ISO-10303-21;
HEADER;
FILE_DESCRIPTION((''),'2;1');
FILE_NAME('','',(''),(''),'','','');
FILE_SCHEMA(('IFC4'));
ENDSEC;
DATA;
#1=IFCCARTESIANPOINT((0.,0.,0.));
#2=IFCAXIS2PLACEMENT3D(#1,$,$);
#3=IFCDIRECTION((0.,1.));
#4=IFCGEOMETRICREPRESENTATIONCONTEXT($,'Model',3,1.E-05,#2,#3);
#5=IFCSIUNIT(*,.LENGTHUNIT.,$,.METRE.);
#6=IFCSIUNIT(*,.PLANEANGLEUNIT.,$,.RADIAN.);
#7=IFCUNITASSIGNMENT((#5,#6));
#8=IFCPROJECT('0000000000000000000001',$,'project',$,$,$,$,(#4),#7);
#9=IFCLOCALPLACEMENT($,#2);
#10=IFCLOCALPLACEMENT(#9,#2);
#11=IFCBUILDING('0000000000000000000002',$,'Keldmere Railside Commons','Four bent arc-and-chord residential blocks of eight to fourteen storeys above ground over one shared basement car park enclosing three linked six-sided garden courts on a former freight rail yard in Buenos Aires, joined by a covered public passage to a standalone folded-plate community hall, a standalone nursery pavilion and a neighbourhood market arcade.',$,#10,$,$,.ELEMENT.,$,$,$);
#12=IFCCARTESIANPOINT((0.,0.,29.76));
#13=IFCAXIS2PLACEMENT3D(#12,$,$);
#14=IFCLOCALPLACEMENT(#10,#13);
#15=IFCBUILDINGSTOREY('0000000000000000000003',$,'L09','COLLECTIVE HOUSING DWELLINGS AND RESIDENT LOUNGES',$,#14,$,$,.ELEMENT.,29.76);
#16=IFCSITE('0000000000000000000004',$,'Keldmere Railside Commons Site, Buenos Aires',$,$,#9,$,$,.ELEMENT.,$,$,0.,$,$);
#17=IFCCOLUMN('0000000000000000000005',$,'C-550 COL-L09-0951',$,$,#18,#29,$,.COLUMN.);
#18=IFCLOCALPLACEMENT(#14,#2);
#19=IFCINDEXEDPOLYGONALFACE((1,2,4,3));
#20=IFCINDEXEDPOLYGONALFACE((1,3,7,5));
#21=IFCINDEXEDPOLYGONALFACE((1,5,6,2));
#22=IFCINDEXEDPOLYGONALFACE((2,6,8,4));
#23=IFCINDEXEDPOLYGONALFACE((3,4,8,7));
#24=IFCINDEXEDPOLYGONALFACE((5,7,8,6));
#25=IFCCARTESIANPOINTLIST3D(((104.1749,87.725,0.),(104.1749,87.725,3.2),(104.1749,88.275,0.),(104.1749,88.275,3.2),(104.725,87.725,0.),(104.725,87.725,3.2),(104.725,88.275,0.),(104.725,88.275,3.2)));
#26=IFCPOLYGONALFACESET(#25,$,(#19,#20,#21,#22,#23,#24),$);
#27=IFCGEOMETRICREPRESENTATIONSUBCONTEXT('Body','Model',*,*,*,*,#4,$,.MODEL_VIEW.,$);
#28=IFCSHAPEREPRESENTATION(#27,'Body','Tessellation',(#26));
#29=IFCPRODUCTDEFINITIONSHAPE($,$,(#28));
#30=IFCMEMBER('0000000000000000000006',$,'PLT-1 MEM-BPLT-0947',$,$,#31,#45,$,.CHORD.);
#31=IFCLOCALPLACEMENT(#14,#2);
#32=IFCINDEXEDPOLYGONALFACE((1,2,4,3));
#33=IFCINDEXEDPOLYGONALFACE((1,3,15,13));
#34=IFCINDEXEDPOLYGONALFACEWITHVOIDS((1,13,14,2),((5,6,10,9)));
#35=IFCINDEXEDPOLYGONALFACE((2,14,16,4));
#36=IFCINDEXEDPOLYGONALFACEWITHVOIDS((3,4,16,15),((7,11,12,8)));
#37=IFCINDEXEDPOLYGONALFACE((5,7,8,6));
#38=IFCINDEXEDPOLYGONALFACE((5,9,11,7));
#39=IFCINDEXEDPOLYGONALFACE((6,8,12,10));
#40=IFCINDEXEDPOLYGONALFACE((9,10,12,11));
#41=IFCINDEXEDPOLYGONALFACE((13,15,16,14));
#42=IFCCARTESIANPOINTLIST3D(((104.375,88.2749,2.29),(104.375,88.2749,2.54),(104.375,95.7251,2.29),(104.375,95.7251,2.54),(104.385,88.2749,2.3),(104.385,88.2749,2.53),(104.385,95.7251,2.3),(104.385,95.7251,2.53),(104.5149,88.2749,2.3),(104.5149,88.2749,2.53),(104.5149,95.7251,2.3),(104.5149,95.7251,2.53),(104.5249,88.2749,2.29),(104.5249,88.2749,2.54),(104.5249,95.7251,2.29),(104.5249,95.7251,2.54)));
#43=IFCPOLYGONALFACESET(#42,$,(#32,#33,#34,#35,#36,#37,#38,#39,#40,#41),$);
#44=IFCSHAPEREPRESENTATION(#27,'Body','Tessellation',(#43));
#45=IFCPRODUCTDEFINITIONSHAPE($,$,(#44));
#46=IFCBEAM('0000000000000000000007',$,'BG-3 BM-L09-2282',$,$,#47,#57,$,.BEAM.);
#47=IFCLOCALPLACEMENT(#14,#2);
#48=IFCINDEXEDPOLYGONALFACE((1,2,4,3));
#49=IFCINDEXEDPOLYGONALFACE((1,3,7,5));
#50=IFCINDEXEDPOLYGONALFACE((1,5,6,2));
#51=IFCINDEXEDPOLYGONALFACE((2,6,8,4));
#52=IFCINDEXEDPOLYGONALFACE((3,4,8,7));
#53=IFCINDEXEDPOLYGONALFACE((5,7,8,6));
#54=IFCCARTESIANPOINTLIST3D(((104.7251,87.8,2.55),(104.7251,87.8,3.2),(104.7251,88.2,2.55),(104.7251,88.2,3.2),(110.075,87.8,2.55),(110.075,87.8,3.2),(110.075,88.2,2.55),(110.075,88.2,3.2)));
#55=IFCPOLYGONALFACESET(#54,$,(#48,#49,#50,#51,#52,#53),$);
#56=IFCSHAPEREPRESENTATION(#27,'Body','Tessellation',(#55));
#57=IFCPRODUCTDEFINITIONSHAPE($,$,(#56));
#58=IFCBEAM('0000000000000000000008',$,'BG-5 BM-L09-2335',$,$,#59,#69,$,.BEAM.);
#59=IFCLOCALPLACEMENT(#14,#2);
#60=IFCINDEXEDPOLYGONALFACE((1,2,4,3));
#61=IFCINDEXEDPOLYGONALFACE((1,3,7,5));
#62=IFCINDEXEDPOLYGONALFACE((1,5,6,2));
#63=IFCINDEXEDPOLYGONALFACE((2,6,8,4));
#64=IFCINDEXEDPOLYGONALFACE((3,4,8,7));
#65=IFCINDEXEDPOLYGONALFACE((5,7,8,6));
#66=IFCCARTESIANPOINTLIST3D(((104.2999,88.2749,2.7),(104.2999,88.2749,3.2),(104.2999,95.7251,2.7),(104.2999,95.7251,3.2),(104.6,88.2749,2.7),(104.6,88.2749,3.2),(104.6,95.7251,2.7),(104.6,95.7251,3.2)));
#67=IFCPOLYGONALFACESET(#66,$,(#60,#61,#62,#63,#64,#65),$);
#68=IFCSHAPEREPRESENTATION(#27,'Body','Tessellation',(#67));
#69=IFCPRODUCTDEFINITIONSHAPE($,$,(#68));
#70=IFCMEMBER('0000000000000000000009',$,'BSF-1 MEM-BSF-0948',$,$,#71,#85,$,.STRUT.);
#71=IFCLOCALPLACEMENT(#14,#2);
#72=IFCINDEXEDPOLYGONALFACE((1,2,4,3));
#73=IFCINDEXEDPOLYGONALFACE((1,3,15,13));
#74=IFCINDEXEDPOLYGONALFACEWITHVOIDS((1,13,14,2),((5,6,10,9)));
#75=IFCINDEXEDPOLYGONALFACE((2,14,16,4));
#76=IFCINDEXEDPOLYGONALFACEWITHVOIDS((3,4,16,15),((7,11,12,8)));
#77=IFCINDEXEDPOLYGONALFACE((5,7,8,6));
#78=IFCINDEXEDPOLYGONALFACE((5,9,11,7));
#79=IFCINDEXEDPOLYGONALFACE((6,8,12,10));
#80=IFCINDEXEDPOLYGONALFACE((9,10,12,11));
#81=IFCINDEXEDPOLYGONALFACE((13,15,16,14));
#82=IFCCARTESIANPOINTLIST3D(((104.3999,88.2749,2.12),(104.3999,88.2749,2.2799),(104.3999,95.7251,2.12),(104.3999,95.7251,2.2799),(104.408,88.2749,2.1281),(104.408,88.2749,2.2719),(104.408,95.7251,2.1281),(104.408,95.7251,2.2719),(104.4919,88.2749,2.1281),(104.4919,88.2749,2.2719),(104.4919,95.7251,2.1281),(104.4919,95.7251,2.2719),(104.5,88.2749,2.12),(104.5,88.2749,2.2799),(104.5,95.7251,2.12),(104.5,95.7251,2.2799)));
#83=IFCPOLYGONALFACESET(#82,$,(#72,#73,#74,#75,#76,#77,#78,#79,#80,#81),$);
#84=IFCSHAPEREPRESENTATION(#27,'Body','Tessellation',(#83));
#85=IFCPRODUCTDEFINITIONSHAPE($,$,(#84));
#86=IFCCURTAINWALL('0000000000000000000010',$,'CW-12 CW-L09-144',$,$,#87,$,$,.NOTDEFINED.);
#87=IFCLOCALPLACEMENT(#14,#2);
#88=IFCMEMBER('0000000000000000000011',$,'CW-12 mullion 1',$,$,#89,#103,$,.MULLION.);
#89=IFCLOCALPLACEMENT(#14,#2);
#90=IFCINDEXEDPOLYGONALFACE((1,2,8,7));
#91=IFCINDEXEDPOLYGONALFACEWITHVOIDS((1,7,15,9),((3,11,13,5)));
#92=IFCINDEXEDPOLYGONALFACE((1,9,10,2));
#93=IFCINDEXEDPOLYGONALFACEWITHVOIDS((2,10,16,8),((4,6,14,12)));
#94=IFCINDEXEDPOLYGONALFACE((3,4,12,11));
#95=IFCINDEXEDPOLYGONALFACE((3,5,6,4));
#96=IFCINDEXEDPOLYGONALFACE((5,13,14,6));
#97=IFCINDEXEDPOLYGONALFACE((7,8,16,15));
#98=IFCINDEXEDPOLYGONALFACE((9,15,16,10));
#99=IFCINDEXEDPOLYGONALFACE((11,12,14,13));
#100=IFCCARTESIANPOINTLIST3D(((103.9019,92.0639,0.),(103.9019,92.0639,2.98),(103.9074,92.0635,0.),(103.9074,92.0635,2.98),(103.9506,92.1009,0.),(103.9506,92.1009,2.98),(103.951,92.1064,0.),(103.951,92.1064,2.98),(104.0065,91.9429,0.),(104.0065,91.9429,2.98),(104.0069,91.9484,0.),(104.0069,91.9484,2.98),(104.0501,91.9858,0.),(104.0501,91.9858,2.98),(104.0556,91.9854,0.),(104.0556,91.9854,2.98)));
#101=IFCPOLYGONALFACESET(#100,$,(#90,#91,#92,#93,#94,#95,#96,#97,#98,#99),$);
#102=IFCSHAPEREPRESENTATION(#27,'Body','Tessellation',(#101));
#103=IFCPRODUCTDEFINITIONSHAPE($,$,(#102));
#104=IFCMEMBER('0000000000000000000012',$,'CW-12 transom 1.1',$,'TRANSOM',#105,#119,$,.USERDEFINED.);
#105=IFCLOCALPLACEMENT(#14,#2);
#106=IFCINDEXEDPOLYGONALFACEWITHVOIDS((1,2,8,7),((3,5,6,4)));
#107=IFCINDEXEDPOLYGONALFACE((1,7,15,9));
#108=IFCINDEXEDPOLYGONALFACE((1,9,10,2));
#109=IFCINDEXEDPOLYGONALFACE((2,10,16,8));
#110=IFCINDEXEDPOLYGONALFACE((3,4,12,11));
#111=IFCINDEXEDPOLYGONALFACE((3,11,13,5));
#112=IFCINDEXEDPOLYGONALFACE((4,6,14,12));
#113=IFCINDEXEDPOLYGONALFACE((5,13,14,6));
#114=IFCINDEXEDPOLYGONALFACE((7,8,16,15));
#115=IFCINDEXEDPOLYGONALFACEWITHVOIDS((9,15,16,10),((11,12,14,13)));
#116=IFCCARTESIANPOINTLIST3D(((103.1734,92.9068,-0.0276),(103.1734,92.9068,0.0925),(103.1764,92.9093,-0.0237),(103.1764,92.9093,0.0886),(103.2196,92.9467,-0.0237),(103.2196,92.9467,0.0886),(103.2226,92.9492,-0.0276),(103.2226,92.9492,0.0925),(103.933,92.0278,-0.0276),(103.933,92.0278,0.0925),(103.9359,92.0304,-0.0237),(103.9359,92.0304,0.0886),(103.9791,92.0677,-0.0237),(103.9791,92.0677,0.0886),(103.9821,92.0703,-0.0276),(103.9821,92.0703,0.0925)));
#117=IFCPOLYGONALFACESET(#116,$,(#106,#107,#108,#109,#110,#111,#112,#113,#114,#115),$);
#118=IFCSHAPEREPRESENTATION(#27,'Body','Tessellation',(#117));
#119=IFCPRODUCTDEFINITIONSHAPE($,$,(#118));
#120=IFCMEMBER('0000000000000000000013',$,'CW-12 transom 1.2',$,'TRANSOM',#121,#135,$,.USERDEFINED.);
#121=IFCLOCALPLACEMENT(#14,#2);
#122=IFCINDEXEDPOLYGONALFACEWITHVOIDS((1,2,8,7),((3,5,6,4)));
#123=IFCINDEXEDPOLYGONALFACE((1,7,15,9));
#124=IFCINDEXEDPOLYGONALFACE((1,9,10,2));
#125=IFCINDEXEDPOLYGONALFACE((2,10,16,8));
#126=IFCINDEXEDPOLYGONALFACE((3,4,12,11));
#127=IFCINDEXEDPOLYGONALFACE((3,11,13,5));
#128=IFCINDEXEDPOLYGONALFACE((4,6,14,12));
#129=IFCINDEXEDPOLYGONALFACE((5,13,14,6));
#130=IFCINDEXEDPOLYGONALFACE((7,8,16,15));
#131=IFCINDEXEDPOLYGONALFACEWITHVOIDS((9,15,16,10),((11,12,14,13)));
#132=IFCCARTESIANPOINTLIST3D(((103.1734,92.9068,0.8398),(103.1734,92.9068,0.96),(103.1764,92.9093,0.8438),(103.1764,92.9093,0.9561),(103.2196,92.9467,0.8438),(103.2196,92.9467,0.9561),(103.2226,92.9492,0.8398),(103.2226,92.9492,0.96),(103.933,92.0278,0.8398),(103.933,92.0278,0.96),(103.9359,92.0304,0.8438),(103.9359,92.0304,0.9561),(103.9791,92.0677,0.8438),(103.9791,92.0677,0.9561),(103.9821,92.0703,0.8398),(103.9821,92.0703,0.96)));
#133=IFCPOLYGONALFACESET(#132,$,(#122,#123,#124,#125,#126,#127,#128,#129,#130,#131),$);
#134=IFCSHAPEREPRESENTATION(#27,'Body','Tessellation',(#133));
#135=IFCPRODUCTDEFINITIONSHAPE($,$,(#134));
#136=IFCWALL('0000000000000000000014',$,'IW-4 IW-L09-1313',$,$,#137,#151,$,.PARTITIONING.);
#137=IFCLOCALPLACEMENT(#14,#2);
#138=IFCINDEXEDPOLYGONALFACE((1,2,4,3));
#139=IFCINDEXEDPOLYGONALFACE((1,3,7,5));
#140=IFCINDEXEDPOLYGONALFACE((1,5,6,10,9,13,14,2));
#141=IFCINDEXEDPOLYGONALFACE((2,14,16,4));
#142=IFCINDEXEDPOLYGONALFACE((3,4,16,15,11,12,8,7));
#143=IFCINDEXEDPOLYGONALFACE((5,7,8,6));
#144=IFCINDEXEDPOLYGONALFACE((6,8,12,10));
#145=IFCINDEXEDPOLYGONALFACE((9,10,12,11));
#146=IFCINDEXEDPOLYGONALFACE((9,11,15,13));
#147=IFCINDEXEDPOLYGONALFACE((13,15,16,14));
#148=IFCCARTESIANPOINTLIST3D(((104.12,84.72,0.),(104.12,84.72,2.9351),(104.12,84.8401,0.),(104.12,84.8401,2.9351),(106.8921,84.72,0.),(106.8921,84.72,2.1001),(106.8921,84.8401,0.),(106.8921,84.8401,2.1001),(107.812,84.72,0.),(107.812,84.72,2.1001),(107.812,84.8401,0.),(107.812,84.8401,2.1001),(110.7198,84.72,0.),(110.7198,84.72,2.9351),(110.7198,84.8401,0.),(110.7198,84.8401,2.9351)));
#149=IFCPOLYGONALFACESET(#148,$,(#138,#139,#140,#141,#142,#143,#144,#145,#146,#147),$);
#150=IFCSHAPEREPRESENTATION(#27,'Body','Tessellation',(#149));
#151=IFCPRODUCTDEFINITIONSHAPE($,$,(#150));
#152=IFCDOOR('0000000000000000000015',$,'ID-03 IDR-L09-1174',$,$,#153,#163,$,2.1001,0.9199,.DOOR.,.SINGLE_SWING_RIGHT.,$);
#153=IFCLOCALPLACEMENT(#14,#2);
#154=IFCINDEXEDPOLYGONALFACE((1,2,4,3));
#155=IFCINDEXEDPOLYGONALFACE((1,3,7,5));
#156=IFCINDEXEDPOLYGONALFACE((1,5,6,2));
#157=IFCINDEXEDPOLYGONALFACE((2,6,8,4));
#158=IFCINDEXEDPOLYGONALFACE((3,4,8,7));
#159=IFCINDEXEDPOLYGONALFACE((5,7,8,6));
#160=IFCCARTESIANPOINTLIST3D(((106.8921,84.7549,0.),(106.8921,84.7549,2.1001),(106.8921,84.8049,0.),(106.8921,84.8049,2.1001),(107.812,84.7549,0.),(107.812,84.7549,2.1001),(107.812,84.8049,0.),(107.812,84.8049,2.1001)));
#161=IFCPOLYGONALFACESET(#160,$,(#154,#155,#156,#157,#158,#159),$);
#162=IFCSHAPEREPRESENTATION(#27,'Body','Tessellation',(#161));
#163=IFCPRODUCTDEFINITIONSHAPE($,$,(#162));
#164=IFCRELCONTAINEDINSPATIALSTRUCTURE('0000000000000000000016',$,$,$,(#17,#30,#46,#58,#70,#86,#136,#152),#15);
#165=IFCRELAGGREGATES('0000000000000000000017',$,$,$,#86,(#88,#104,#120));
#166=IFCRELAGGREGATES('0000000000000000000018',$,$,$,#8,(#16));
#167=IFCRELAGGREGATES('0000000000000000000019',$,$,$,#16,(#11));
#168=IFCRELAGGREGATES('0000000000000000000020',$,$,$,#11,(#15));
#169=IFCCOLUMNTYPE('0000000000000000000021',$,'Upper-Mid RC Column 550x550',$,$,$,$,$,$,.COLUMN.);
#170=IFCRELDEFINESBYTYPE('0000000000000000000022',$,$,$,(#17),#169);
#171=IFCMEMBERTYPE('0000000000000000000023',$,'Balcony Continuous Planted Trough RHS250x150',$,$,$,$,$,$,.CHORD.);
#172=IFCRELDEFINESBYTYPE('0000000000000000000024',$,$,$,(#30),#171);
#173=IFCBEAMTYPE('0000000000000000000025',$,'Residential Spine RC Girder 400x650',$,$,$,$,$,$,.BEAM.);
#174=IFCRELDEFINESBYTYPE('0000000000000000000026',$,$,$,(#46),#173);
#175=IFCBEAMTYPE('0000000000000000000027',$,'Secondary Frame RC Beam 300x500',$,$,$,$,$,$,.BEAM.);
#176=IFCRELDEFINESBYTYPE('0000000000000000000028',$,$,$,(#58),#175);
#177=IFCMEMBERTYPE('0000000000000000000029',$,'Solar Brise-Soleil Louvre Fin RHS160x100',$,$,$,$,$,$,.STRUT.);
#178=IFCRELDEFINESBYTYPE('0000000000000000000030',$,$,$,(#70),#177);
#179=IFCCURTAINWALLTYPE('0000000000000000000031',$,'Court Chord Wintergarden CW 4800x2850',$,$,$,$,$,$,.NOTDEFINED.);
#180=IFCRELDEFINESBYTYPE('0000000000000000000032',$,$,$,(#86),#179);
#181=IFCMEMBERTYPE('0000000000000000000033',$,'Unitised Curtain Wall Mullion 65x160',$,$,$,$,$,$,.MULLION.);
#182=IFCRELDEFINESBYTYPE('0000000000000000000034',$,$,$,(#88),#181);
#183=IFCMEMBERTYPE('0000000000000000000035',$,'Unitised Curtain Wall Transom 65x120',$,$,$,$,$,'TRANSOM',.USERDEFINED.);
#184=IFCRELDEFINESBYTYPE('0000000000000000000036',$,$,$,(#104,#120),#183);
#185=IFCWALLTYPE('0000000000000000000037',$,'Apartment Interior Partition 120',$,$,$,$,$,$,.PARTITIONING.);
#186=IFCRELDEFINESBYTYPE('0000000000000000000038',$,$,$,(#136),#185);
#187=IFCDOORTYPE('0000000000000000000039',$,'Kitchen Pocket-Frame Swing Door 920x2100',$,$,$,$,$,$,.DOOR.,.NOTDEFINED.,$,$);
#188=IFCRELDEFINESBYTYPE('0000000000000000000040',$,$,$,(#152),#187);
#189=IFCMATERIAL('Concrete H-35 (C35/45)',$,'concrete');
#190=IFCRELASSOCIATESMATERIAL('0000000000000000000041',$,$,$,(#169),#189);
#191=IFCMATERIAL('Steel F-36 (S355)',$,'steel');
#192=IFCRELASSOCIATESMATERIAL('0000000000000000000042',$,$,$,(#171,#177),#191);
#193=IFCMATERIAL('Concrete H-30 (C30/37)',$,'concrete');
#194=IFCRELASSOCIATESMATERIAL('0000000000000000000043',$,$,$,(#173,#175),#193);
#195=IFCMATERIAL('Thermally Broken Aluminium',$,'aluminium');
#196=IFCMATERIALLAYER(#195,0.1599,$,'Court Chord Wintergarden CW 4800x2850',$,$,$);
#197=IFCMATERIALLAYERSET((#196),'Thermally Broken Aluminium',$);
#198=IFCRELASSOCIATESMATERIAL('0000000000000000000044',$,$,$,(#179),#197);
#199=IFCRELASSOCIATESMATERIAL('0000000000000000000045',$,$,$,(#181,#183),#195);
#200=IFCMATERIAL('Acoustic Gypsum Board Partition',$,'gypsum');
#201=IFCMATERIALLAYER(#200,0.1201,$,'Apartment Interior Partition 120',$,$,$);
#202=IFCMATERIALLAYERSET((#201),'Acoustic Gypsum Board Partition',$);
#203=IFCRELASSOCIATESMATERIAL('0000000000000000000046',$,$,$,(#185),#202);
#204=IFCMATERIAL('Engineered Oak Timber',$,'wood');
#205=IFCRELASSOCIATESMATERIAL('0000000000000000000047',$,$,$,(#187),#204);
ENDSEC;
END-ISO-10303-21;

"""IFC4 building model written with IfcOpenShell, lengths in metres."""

from ifc_helpers import new_model, si_unit, direction, frame, frame_2d, origin, origin_2d, place, context, subcontext, project, spatial, rectangle, hollow_rectangle, extrude, material, layer, layer_set, material_profile, profile_set, type_object, element, fill, aggregate, save


model = new_model("IFC4")

# Units and contexts
model_context = context("Model", 3, precision=1e-05, world=origin(), true_north=direction((0.0, 1.0)))
body_context = subcontext(model_context, "Body", "Model", "MODEL_VIEW")
ifc_project = project(units=[si_unit("LENGTHUNIT", "METRE"), si_unit("PLANEANGLEUNIT", "RADIAN")], contexts=[model_context])

# Site, building, storey
site_placement = place(None, origin())
site = spatial("IfcSite", under=ifc_project, at=site_placement, Name="Keldmere Railside Commons Site, Buenos Aires", CompositionType="ELEMENT", RefElevation=0.0)
building_placement = place(site_placement, origin())
building = spatial("IfcBuilding", under=site, at=building_placement, Name="Keldmere Railside Commons", Description="Four bent arc-and-chord residential blocks of eight to fourteen storeys above ground over one shared basement car park enclosing three linked six-sided garden courts on a former freight rail yard in Buenos Aires, joined by a covered public passage to a standalone folded-plate community hall, a standalone nursery pavilion and a neighbourhood market arcade.", CompositionType="ELEMENT")
storey_placement = place(building_placement, frame((0.0, 0.0, 29.76)))
storey = spatial("IfcBuildingStorey", under=building, at=storey_placement, Name="L09", Description="COLLECTIVE HOUSING DWELLINGS AND RESIDENT LOUNGES", CompositionType="ELEMENT", Elevation=29.76)

# Column
ifc_material_1 = material(Name="Concrete H-35 (C35/45)", Category="concrete")
ifc_material_profile_1 = material_profile(ifc_material_1, rectangle(XDim=0.55, YDim=0.55, at=origin_2d()), Name="RC-550x550")
ifc_profile_set_1 = profile_set([ifc_material_profile_1], Name="Concrete H-35 (C35/45)")
column_type = type_object("IfcColumnType", Name="Upper-Mid RC Column 550x550", PredefinedType="COLUMN", material=ifc_profile_set_1)
column_placement = place(storey_placement, frame((104.45, 88.0, 0.0), z_axis=(0.0, 0.0, 1.0), x_axis=(1.0, 0.0, 0.0)))
element("IfcColumn", 1, at=column_placement, inside=storey, type_object=column_type, Name="C-550 COL-L09-0951", PredefinedType="COLUMN", context=body_context, shape_type="SweptSolid", body=[
    extrude(rectangle(XDim=0.55, YDim=0.55, at=origin_2d()), origin(), (0.0, 0.0, 1.0), 3.2),
])

# Member
ifc_material_2 = material(Name="Steel F-36 (S355)", Category="steel")
ifc_material_profile_2 = material_profile(ifc_material_2, hollow_rectangle(XDim=0.1499, YDim=0.25, WallThickness=0.01, at=origin_2d()), Name="RHS-250x150x10")
ifc_profile_set_2 = profile_set([ifc_material_profile_2], Name="Steel F-36 (S355)")
member_type_1 = type_object("IfcMemberType", Name="Balcony Continuous Planted Trough RHS250x150", PredefinedType="CHORD", material=ifc_profile_set_2)
member_1_placement = place(storey_placement, frame((104.45, 88.2749, 2.415), z_axis=(0.0, 1.0, 0.0), x_axis=(-1.0, 0.0, 0.0)))
element("IfcMember", 2, at=member_1_placement, inside=storey, type_object=member_type_1, Name="PLT-1 MEM-BPLT-0947", PredefinedType="CHORD", context=body_context, shape_type="SweptSolid", body=[
    extrude(hollow_rectangle(XDim=0.1499, YDim=0.25, WallThickness=0.01, at=origin_2d()), origin(), (0.0, 0.0, 1.0), 7.4502),
])

# Beams
ifc_material_3 = material(Name="Concrete H-30 (C30/37)", Category="concrete")
ifc_material_profile_3 = material_profile(ifc_material_3, rectangle(XDim=0.3999, YDim=0.6499, at=origin_2d()), Name="RC-400x650")
ifc_profile_set_3 = profile_set([ifc_material_profile_3], Name="Concrete H-30 (C30/37)")
beam_type_1 = type_object("IfcBeamType", Name="Residential Spine RC Girder 400x650", PredefinedType="BEAM", material=ifc_profile_set_3)
beam_1_placement = place(storey_placement, frame((104.7251, 88.0, 2.875), z_axis=(1.0, 0.0, 0.0), x_axis=(0.0, 1.0, 0.0)))
element("IfcBeam", 3, at=beam_1_placement, inside=storey, type_object=beam_type_1, Name="BG-3 BM-L09-2282", PredefinedType="BEAM", context=body_context, shape_type="SweptSolid", body=[
    extrude(rectangle(XDim=0.3999, YDim=0.6499, at=origin_2d()), origin(), (0.0, 0.0, 1.0), 5.3499),
])
ifc_material_profile_4 = material_profile(ifc_material_3, rectangle(XDim=0.3, YDim=0.5, at=origin_2d()), Name="RC-300x500")
ifc_profile_set_4 = profile_set([ifc_material_profile_4], Name="Concrete H-30 (C30/37)")
beam_type_2 = type_object("IfcBeamType", Name="Secondary Frame RC Beam 300x500", PredefinedType="BEAM", material=ifc_profile_set_4)
beam_2_placement = place(storey_placement, frame((104.45, 88.2749, 2.95), z_axis=(0.0, 1.0, 0.0), x_axis=(-1.0, 0.0, 0.0)))
element("IfcBeam", 4, at=beam_2_placement, inside=storey, type_object=beam_type_2, Name="BG-5 BM-L09-2335", PredefinedType="BEAM", context=body_context, shape_type="SweptSolid", body=[
    extrude(rectangle(XDim=0.3, YDim=0.5, at=origin_2d()), origin(), (0.0, 0.0, 1.0), 7.4502),
])

# Member
ifc_material_profile_5 = material_profile(ifc_material_2, hollow_rectangle(XDim=0.1001, YDim=0.1599, WallThickness=0.0081, at=origin_2d()), Name="RHS-160x100x8")
ifc_profile_set_5 = profile_set([ifc_material_profile_5], Name="Steel F-36 (S355)")
member_type_2 = type_object("IfcMemberType", Name="Solar Brise-Soleil Louvre Fin RHS160x100", PredefinedType="STRUT", material=ifc_profile_set_5)
member_2_placement = place(storey_placement, frame((104.45, 88.2749, 2.2), z_axis=(0.0, 1.0, 0.0), x_axis=(-1.0, 0.0, 0.0)))
element("IfcMember", 5, at=member_2_placement, inside=storey, type_object=member_type_2, Name="BSF-1 MEM-BSF-0948", PredefinedType="STRUT", context=body_context, shape_type="SweptSolid", body=[
    extrude(hollow_rectangle(XDim=0.1001, YDim=0.1599, WallThickness=0.0081, at=origin_2d()), origin(), (0.0, 0.0, 1.0), 7.4502),
])

# Curtain wall, members
ifc_material_4 = material(Name="Thermally Broken Aluminium", Category="aluminium")
ifc_layer_1 = layer(ifc_material_4, 0.1599, Name="Court Chord Wintergarden CW 4800x2850")
ifc_layer_set_1 = layer_set([ifc_layer_1], Name="Thermally Broken Aluminium")
curtain_wall_type = type_object("IfcCurtainWallType", Name="Court Chord Wintergarden CW 4800x2850", PredefinedType="NOTDEFINED", material=ifc_layer_set_1)
curtain_wall_placement = place(storey_placement, origin())
curtain_wall = element("IfcCurtainWall", 6, at=curtain_wall_placement, inside=storey, type_object=curtain_wall_type, Name="CW-12 CW-L09-144", PredefinedType="NOTDEFINED")
ifc_material_profile_6 = material_profile(ifc_material_4, hollow_rectangle(XDim=0.0649, YDim=0.1599, WallThickness=0.0039, at=origin_2d()), Name="ALU-MULL-65x160")
ifc_profile_set_6 = profile_set([ifc_material_profile_6], Name="Thermally Broken Aluminium")
member_type_3 = type_object("IfcMemberType", Name="Unitised Curtain Wall Mullion 65x160", PredefinedType="MULLION", material=ifc_profile_set_6)
member_3_placement = place(storey_placement, frame((103.9788, 92.0247, 0.0), z_axis=(0.0, 0.0, 1.0), x_axis=(-0.756597, -0.653882, 0.0)))
member_3 = element("IfcMember", 7, at=member_3_placement, type_object=member_type_3, Name="CW-12 mullion 1", PredefinedType="MULLION", context=body_context, shape_type="SweptSolid", body=[
    extrude(hollow_rectangle(XDim=0.0649, YDim=0.1599, WallThickness=0.0039, at=origin_2d()), origin(), (0.0, 0.0, 1.0), 2.98),
])
ifc_material_profile_7 = material_profile(ifc_material_4, hollow_rectangle(XDim=0.0649, YDim=0.1201, WallThickness=0.0039, at=origin_2d()), Name="ALU-TRAN-65x120")
ifc_profile_set_7 = profile_set([ifc_material_profile_7], Name="Thermally Broken Aluminium")
member_type_4 = type_object("IfcMemberType", Name="Unitised Curtain Wall Transom 65x120", ElementType="TRANSOM", PredefinedType="USERDEFINED", material=ifc_profile_set_7)
member_4_placement = place(storey_placement, frame((103.9575, 92.0491, 0.0325), z_axis=(-0.65385, 0.756624, 0.0), x_axis=(-0.756624, -0.65385, 0.0)))
member_4 = element("IfcMember", 8, at=member_4_placement, type_object=member_type_4, Name="CW-12 transom 1.1", ObjectType="TRANSOM", PredefinedType="USERDEFINED", context=body_context, shape_type="SweptSolid", body=[
    extrude(hollow_rectangle(XDim=0.0649, YDim=0.1201, WallThickness=0.0039, at=origin_2d()), origin(), (0.0, 0.0, 1.0), 1.1616),
])
member_5_placement = place(storey_placement, frame((103.9575, 92.0491, 0.8999), z_axis=(-0.65385, 0.756624, 0.0), x_axis=(-0.756624, -0.65385, 0.0)))
member_5 = element("IfcMember", 9, at=member_5_placement, type_object=member_type_4, Name="CW-12 transom 1.2", ObjectType="TRANSOM", PredefinedType="USERDEFINED", context=body_context, shape_type="SweptSolid", body=[
    extrude(hollow_rectangle(XDim=0.0649, YDim=0.1201, WallThickness=0.0039, at=origin_2d()), origin(), (0.0, 0.0, 1.0), 1.1616),
])
aggregate(curtain_wall, [member_3, member_4, member_5])

# Wall, opening, door
ifc_material_5 = material(Name="Acoustic Gypsum Board Partition", Category="gypsum")
ifc_layer_2 = layer(ifc_material_5, 0.1201, Name="Apartment Interior Partition 120")
ifc_layer_set_2 = layer_set([ifc_layer_2], Name="Acoustic Gypsum Board Partition")
wall_type_1 = type_object("IfcWallType", Name="Apartment Interior Partition 120", PredefinedType="PARTITIONING", material=ifc_layer_set_2)
wall_1_placement = place(storey_placement, frame((104.1201, 84.78, 0.0), z_axis=(0.0, 0.0, 1.0), x_axis=(1.0, 0.0, 0.0)))
wall_1 = element("IfcWall", 10, at=wall_1_placement, inside=storey, type_object=wall_type_1, Name="IW-4 IW-L09-1313", PredefinedType="PARTITIONING", context=body_context, shape_type="SweptSolid", body=[
    extrude(rectangle(XDim=6.5999, YDim=0.1201, at=frame_2d((3.2998, 0.0))), origin(), (0.0, 0.0, 1.0), 2.9351),
])
opening_1_placement = place(wall_1_placement, frame((2.772, 0.0, 0.0)))
opening_1 = element("IfcOpeningElement", 11, at=opening_1_placement, cuts=wall_1, PredefinedType="OPENING", context=body_context, shape_type="SweptSolid", body=[
    extrude(rectangle(XDim=0.9199, YDim=2.1001, at=frame_2d((0.46, 1.05))), frame((0.0, 0.0701, 0.0), z_axis=(0.0, -1.0, 0.0), x_axis=(1.0, 0.0, 0.0)), (0.0, 0.0, 1.0), 0.1401),
])
ifc_material_6 = material(Name="Engineered Oak Timber", Category="wood")
door_type_1 = type_object("IfcDoorType", Name="Kitchen Pocket-Frame Swing Door 920x2100", OperationType="NOTDEFINED", PredefinedType="DOOR", material=ifc_material_6)
door_1_placement = place(opening_1_placement, origin())
door_1 = element("IfcDoor", 12, at=door_1_placement, inside=storey, type_object=door_type_1, Name="ID-03 IDR-L09-1174", OperationType="SINGLE_SWING_RIGHT", OverallHeight=2.1001, OverallWidth=0.9199, PredefinedType="DOOR", context=body_context, shape_type="SweptSolid", body=[
    extrude(rectangle(XDim=0.9199, YDim=2.1001, at=frame_2d((0.46, 1.05))), frame((0.0, 0.0249, 0.0), z_axis=(0.0, -1.0, 0.0), x_axis=(1.0, 0.0, 0.0)), (0.0, 0.0, 1.0), 0.05),
])
fill(opening_1, door_1)

save(model, "model.ifc")
